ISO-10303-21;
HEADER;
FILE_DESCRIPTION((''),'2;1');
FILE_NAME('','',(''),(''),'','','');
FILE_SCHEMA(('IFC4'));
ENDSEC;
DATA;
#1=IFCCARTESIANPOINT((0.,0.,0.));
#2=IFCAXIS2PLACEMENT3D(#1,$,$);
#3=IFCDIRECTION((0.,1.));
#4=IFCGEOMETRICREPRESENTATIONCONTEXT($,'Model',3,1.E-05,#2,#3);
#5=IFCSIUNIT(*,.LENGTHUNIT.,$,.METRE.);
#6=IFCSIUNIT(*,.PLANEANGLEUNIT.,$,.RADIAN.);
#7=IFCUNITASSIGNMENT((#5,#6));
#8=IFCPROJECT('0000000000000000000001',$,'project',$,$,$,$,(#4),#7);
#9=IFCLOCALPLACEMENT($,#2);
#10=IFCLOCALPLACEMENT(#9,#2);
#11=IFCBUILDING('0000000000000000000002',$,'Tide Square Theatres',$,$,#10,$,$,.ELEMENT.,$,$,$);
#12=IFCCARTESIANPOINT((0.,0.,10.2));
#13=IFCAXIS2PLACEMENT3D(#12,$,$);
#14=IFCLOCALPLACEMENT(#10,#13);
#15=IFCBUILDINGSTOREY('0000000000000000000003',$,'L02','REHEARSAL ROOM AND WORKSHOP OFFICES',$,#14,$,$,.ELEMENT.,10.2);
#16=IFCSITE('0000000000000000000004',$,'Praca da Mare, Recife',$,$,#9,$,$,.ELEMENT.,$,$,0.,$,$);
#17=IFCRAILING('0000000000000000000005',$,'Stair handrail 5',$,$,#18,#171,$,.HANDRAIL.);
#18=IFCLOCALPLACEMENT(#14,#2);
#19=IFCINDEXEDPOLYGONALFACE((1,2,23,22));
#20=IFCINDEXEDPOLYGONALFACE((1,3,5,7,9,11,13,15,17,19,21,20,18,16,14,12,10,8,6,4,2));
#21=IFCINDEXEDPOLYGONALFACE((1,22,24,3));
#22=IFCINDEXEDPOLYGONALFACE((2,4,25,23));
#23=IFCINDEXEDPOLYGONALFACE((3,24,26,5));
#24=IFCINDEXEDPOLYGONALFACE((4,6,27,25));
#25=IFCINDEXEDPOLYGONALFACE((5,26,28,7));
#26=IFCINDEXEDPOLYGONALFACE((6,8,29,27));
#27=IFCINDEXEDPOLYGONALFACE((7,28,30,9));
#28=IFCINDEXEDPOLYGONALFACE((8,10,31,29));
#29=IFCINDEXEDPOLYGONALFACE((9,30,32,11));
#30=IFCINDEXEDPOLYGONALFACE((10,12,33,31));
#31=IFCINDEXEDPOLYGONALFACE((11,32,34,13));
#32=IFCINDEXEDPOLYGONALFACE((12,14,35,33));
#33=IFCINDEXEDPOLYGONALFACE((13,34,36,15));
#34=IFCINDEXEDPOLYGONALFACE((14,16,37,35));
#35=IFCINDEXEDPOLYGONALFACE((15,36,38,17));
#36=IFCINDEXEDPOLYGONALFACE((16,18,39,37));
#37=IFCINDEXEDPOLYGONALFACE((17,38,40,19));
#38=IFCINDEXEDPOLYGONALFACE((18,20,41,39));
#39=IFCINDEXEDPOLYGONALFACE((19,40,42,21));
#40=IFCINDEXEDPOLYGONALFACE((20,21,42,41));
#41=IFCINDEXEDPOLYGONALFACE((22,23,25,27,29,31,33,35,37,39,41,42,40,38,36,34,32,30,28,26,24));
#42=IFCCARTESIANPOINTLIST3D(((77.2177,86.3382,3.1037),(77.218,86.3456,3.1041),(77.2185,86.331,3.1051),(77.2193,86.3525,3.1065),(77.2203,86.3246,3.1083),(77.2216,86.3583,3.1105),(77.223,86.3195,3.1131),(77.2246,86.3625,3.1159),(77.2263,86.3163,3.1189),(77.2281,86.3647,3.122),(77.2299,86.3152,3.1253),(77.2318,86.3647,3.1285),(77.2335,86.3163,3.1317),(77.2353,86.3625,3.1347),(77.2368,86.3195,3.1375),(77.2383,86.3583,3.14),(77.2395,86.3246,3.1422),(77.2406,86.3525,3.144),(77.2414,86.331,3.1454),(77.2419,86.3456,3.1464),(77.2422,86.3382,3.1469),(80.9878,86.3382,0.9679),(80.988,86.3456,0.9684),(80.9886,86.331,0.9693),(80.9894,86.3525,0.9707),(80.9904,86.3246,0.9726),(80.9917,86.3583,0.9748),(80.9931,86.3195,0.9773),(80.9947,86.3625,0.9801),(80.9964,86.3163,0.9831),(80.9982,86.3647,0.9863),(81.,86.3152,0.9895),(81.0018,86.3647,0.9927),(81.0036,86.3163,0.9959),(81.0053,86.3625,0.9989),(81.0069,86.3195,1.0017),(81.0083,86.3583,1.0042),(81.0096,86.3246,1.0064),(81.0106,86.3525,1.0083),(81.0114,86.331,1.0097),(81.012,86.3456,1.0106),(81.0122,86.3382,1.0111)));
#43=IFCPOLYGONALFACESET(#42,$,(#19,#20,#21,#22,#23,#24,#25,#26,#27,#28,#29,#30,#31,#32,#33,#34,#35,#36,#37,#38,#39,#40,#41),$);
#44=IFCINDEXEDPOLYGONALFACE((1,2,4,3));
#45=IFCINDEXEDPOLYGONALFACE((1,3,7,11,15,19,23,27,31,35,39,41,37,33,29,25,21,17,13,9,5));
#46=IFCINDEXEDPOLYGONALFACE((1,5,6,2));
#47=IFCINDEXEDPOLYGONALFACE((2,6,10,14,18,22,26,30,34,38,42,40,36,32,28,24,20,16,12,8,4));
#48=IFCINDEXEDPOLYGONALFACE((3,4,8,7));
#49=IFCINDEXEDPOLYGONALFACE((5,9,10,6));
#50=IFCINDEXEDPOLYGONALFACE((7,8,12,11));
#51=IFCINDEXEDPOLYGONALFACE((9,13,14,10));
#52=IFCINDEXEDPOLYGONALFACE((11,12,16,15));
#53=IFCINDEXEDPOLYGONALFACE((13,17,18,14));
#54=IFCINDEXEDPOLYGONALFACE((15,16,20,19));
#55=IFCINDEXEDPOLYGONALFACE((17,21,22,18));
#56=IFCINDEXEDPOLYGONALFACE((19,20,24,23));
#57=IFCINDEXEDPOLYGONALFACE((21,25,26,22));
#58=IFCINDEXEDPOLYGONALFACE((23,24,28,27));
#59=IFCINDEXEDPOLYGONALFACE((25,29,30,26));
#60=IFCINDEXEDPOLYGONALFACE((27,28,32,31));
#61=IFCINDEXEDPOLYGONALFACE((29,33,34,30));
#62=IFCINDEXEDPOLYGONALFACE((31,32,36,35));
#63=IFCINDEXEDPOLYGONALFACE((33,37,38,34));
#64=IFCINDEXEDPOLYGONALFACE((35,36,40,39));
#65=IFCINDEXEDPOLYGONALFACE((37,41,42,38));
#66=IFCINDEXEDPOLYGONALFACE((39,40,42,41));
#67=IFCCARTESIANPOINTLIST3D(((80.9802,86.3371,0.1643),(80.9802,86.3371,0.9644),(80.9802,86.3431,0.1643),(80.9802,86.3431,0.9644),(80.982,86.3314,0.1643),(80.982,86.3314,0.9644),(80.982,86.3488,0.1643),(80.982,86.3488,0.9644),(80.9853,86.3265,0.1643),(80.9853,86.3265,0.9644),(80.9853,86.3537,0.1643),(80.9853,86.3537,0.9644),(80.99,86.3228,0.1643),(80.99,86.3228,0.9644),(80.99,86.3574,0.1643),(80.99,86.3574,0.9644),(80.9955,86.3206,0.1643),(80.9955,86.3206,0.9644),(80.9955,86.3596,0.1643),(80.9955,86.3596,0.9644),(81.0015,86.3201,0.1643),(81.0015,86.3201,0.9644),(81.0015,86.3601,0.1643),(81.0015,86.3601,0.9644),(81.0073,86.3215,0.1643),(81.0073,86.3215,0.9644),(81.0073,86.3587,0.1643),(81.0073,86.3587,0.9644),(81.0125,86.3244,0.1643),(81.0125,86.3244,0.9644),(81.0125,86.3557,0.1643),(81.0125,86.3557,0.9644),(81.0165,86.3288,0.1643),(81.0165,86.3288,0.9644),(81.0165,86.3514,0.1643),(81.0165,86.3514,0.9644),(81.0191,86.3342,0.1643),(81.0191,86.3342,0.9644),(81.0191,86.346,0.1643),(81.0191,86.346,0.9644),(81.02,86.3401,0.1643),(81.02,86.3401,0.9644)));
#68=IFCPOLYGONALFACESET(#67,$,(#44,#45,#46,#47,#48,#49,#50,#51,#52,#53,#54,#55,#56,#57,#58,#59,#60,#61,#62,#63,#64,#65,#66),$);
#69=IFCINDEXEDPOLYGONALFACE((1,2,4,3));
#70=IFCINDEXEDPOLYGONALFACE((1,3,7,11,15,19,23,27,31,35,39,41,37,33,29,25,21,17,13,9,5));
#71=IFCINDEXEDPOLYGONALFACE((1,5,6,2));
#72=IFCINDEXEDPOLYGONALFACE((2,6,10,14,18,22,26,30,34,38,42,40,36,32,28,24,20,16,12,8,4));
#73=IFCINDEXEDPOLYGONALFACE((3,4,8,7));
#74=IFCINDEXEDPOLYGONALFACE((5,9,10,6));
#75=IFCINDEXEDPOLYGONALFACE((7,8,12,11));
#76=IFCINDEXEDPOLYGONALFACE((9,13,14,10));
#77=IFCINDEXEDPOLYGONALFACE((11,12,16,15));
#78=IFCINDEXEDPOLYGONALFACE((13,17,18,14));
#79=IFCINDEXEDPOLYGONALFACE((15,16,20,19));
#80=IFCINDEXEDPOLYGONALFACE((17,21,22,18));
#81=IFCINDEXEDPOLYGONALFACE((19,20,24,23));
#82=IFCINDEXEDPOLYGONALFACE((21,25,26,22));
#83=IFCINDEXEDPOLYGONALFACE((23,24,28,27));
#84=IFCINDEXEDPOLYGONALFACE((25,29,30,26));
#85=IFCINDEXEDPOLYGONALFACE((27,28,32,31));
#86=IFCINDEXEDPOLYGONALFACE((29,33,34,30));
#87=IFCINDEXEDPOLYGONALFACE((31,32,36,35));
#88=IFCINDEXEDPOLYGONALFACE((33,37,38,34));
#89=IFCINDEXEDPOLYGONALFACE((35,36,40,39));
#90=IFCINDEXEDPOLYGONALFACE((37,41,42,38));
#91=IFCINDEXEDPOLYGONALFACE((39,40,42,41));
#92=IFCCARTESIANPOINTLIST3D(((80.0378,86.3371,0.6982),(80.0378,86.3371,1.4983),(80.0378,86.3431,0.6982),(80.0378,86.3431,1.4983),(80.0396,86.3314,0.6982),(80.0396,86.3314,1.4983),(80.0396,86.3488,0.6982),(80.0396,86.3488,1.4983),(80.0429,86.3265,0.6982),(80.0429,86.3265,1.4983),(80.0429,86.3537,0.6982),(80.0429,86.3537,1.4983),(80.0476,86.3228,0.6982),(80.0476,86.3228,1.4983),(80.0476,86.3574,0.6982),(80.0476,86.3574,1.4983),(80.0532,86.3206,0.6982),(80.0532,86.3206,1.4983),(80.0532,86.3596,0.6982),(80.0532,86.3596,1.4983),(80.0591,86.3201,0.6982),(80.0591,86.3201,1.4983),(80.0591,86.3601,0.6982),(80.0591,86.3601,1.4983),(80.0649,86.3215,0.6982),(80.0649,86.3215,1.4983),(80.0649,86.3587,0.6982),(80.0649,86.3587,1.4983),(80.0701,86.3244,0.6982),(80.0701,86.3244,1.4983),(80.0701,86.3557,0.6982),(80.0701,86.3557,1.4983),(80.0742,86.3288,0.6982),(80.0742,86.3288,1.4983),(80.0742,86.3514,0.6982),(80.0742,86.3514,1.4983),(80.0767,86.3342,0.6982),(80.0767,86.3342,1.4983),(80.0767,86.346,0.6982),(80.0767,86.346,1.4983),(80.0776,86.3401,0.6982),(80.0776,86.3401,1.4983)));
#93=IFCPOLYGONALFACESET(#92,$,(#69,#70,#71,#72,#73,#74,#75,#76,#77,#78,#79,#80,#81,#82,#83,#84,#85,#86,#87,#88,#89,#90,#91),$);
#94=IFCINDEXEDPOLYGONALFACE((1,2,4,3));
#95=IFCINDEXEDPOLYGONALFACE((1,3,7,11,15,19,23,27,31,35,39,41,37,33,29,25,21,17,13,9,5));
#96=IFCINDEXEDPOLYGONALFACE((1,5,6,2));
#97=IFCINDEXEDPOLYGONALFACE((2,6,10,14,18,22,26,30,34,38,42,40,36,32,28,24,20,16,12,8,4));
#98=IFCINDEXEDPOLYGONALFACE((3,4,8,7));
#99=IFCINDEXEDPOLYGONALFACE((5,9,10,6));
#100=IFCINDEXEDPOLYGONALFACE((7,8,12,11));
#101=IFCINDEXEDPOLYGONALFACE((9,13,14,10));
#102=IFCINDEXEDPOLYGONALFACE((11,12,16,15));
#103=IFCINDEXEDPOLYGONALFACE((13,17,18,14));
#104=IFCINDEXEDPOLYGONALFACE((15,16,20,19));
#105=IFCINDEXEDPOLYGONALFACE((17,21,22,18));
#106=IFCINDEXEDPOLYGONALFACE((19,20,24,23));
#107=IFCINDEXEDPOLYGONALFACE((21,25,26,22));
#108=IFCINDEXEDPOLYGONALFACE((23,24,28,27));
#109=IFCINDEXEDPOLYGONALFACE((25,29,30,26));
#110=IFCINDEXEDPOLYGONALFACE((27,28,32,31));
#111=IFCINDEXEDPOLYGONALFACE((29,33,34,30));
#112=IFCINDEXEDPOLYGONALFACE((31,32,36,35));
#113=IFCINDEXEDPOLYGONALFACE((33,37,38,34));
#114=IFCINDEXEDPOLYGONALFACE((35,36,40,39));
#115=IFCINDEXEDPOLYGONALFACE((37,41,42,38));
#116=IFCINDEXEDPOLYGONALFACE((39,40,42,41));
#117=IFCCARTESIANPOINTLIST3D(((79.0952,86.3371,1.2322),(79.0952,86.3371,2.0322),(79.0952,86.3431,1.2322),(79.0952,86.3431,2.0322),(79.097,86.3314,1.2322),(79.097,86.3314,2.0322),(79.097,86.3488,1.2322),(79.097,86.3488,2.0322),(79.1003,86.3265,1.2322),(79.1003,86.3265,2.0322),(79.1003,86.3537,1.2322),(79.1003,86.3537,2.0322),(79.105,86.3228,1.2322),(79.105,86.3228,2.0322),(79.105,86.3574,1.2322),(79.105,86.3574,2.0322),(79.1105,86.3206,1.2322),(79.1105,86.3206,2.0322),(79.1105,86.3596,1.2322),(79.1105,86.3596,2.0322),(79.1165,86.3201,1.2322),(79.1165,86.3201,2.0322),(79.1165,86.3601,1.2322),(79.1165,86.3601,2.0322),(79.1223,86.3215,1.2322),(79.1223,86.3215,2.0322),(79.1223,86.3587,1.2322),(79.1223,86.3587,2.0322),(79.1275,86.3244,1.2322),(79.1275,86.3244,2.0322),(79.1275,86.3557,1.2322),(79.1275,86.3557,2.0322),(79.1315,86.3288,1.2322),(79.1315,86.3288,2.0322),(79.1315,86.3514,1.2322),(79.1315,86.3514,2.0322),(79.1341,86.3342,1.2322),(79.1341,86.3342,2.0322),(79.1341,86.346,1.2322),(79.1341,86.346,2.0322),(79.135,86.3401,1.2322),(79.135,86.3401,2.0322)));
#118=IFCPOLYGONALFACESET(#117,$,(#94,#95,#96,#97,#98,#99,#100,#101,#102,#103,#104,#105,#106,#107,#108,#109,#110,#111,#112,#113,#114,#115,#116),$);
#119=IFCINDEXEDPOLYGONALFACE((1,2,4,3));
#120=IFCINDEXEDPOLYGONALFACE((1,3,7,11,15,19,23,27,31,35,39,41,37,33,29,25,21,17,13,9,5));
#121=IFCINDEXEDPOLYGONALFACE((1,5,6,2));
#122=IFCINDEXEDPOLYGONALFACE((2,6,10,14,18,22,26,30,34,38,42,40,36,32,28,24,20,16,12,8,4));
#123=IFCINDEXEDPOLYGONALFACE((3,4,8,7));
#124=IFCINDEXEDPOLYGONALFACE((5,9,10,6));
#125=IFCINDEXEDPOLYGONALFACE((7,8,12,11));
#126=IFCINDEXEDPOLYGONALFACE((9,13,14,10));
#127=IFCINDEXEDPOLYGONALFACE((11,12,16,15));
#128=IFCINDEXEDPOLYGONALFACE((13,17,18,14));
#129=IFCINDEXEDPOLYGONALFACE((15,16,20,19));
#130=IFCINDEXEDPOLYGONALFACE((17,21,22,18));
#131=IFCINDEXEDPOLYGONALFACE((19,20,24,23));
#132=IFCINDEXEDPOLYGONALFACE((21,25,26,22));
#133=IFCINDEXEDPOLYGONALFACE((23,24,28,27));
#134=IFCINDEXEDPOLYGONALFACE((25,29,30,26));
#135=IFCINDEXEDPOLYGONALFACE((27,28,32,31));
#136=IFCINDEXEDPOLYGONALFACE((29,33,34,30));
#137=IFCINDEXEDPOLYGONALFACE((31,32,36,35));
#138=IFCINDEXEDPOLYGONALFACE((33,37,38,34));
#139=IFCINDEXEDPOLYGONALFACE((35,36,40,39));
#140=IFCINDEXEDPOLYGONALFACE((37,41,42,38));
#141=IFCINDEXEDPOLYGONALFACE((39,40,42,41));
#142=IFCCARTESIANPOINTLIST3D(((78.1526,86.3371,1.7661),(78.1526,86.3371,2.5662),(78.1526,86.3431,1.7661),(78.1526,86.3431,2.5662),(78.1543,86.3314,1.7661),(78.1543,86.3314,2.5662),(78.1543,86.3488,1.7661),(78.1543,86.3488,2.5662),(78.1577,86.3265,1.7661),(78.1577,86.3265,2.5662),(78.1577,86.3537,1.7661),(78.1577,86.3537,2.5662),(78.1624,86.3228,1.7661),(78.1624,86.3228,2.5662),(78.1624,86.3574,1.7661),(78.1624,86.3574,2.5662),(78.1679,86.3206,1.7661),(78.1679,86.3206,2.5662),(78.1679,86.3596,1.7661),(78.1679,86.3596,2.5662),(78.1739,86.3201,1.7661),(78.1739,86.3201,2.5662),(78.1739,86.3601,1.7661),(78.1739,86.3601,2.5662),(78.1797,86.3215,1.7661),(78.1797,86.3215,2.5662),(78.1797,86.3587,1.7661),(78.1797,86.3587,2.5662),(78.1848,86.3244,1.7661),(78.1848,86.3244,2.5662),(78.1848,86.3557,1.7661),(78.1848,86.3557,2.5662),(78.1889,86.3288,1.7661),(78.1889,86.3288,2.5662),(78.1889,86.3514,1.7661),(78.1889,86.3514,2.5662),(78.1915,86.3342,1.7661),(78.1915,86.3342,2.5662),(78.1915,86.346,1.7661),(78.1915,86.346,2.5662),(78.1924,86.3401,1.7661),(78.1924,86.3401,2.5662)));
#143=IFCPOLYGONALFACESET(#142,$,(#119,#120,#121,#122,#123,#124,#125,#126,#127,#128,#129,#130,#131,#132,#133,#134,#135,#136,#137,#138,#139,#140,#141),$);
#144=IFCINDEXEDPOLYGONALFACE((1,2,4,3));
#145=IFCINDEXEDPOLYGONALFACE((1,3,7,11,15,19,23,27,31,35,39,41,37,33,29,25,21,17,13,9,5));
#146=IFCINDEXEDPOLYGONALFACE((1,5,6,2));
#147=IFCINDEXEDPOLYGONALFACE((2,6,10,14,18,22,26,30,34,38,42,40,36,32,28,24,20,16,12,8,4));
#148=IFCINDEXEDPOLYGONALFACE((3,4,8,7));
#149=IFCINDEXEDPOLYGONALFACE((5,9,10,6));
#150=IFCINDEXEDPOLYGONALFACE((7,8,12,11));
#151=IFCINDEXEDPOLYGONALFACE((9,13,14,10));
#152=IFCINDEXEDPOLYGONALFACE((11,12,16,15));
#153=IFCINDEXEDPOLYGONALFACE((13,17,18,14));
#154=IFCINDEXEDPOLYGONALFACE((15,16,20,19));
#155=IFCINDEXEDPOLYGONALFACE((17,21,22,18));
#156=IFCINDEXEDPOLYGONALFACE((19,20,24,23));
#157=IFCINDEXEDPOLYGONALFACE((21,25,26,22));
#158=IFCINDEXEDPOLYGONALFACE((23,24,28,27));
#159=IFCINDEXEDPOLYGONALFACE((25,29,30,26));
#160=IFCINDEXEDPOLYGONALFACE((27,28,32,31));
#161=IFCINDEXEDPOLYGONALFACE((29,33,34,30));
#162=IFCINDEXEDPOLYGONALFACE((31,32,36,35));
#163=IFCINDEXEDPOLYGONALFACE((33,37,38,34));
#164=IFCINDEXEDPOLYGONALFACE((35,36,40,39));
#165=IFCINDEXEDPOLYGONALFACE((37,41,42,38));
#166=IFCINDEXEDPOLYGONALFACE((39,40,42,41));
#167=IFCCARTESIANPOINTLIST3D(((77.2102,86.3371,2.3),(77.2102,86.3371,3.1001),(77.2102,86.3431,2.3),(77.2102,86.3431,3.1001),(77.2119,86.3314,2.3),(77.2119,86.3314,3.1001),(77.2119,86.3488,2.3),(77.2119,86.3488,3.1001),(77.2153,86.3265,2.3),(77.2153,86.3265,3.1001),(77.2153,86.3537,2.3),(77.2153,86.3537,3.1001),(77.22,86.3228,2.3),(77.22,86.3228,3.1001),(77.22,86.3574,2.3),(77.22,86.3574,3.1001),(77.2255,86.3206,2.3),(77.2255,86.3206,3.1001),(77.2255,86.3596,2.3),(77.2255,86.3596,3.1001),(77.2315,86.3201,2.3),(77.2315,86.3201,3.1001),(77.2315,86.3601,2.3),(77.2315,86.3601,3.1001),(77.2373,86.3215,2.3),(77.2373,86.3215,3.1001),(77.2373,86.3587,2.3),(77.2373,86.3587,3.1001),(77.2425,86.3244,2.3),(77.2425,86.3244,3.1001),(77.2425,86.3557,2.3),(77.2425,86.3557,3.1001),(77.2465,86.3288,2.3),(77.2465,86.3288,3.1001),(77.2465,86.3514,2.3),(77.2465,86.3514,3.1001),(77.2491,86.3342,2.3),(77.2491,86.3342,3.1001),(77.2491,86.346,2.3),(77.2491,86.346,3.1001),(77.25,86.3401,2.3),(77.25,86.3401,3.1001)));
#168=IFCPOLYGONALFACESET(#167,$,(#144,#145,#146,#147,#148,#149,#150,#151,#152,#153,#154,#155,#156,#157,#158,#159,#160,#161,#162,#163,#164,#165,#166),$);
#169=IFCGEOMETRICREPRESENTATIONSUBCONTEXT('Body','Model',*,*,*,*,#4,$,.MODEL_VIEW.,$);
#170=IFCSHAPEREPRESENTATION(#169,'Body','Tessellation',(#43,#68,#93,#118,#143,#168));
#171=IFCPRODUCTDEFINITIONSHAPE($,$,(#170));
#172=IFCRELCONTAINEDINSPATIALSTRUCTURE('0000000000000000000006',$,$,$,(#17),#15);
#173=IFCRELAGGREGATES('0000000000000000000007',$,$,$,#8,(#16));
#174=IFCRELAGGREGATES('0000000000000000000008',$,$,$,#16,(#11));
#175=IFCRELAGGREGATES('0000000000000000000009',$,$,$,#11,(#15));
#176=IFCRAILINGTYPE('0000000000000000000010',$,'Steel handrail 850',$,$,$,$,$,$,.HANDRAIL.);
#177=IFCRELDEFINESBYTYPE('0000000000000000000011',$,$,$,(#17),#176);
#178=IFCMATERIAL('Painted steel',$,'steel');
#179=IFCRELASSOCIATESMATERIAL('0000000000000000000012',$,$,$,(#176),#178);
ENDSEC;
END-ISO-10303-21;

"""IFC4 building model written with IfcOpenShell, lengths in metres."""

from ifc_helpers import new_model, si_unit, direction, frame, origin, origin_2d, place, context, subcontext, project, spatial, circle, extrude, material, type_object, element, save


model = new_model("IFC4")

# Units and contexts
model_context = context("Model", 3, precision=1e-05, world=origin(), true_north=direction((0.0, 1.0)))
body_context = subcontext(model_context, "Body", "Model", "MODEL_VIEW")
ifc_project = project(units=[si_unit("LENGTHUNIT", "METRE"), si_unit("PLANEANGLEUNIT", "RADIAN")], contexts=[model_context])

# Site, building, storey
site_placement = place(None, origin())
site = spatial("IfcSite", under=ifc_project, at=site_placement, Name="Praca da Mare, Recife", CompositionType="ELEMENT", RefElevation=0.0)
building_placement = place(site_placement, origin())
building = spatial("IfcBuilding", under=site, at=building_placement, Name="Tide Square Theatres", CompositionType="ELEMENT")
storey_placement = place(building_placement, frame((0.0, 0.0, 10.2)))
storey = spatial("IfcBuildingStorey", under=building, at=storey_placement, Name="L02", Description="REHEARSAL ROOM AND WORKSHOP OFFICES", CompositionType="ELEMENT", Elevation=10.2)

# Railing
ifc_material_1 = material(Name="Painted steel", Category="steel")
railing_type = type_object("IfcRailingType", Name="Steel handrail 850", PredefinedType="HANDRAIL", material=ifc_material_1)
for number, where, name in (
    (1, (81.0, 86.3401, 0.1643), "Stair handrail 5"),
):
    element("IfcRailing", number, at=place(storey_placement, frame(where)), inside=storey, type_object=railing_type, Name=name, PredefinedType="HANDRAIL", context=body_context, shape_type="SweptSolid", body=[
        extrude(circle(Radius=0.0249, at=origin_2d()), frame((0.0, 0.0, 0.8252), z_axis=(-0.870082, 0.0, 0.492907), x_axis=(0.0, -1.0, 0.0)), (0.0, 0.0, 1.0), 4.333),
        extrude(circle(Radius=0.02, at=origin_2d()), origin(), (0.0, 0.0, 1.0), 0.8),
        extrude(circle(Radius=0.02, at=origin_2d()), frame((-0.9424, 0.0, 0.5339)), (0.0, 0.0, 1.0), 0.8),
        extrude(circle(Radius=0.02, at=origin_2d()), frame((-1.885, 0.0, 1.0679)), (0.0, 0.0, 1.0), 0.8),
        extrude(circle(Radius=0.02, at=origin_2d()), frame((-2.8276, 0.0, 1.6018)), (0.0, 0.0, 1.0), 0.8),
        extrude(circle(Radius=0.02, at=origin_2d()), frame((-3.77, 0.0, 2.1357)), (0.0, 0.0, 1.0), 0.8),
    ])

save(model, "model.ifc")
